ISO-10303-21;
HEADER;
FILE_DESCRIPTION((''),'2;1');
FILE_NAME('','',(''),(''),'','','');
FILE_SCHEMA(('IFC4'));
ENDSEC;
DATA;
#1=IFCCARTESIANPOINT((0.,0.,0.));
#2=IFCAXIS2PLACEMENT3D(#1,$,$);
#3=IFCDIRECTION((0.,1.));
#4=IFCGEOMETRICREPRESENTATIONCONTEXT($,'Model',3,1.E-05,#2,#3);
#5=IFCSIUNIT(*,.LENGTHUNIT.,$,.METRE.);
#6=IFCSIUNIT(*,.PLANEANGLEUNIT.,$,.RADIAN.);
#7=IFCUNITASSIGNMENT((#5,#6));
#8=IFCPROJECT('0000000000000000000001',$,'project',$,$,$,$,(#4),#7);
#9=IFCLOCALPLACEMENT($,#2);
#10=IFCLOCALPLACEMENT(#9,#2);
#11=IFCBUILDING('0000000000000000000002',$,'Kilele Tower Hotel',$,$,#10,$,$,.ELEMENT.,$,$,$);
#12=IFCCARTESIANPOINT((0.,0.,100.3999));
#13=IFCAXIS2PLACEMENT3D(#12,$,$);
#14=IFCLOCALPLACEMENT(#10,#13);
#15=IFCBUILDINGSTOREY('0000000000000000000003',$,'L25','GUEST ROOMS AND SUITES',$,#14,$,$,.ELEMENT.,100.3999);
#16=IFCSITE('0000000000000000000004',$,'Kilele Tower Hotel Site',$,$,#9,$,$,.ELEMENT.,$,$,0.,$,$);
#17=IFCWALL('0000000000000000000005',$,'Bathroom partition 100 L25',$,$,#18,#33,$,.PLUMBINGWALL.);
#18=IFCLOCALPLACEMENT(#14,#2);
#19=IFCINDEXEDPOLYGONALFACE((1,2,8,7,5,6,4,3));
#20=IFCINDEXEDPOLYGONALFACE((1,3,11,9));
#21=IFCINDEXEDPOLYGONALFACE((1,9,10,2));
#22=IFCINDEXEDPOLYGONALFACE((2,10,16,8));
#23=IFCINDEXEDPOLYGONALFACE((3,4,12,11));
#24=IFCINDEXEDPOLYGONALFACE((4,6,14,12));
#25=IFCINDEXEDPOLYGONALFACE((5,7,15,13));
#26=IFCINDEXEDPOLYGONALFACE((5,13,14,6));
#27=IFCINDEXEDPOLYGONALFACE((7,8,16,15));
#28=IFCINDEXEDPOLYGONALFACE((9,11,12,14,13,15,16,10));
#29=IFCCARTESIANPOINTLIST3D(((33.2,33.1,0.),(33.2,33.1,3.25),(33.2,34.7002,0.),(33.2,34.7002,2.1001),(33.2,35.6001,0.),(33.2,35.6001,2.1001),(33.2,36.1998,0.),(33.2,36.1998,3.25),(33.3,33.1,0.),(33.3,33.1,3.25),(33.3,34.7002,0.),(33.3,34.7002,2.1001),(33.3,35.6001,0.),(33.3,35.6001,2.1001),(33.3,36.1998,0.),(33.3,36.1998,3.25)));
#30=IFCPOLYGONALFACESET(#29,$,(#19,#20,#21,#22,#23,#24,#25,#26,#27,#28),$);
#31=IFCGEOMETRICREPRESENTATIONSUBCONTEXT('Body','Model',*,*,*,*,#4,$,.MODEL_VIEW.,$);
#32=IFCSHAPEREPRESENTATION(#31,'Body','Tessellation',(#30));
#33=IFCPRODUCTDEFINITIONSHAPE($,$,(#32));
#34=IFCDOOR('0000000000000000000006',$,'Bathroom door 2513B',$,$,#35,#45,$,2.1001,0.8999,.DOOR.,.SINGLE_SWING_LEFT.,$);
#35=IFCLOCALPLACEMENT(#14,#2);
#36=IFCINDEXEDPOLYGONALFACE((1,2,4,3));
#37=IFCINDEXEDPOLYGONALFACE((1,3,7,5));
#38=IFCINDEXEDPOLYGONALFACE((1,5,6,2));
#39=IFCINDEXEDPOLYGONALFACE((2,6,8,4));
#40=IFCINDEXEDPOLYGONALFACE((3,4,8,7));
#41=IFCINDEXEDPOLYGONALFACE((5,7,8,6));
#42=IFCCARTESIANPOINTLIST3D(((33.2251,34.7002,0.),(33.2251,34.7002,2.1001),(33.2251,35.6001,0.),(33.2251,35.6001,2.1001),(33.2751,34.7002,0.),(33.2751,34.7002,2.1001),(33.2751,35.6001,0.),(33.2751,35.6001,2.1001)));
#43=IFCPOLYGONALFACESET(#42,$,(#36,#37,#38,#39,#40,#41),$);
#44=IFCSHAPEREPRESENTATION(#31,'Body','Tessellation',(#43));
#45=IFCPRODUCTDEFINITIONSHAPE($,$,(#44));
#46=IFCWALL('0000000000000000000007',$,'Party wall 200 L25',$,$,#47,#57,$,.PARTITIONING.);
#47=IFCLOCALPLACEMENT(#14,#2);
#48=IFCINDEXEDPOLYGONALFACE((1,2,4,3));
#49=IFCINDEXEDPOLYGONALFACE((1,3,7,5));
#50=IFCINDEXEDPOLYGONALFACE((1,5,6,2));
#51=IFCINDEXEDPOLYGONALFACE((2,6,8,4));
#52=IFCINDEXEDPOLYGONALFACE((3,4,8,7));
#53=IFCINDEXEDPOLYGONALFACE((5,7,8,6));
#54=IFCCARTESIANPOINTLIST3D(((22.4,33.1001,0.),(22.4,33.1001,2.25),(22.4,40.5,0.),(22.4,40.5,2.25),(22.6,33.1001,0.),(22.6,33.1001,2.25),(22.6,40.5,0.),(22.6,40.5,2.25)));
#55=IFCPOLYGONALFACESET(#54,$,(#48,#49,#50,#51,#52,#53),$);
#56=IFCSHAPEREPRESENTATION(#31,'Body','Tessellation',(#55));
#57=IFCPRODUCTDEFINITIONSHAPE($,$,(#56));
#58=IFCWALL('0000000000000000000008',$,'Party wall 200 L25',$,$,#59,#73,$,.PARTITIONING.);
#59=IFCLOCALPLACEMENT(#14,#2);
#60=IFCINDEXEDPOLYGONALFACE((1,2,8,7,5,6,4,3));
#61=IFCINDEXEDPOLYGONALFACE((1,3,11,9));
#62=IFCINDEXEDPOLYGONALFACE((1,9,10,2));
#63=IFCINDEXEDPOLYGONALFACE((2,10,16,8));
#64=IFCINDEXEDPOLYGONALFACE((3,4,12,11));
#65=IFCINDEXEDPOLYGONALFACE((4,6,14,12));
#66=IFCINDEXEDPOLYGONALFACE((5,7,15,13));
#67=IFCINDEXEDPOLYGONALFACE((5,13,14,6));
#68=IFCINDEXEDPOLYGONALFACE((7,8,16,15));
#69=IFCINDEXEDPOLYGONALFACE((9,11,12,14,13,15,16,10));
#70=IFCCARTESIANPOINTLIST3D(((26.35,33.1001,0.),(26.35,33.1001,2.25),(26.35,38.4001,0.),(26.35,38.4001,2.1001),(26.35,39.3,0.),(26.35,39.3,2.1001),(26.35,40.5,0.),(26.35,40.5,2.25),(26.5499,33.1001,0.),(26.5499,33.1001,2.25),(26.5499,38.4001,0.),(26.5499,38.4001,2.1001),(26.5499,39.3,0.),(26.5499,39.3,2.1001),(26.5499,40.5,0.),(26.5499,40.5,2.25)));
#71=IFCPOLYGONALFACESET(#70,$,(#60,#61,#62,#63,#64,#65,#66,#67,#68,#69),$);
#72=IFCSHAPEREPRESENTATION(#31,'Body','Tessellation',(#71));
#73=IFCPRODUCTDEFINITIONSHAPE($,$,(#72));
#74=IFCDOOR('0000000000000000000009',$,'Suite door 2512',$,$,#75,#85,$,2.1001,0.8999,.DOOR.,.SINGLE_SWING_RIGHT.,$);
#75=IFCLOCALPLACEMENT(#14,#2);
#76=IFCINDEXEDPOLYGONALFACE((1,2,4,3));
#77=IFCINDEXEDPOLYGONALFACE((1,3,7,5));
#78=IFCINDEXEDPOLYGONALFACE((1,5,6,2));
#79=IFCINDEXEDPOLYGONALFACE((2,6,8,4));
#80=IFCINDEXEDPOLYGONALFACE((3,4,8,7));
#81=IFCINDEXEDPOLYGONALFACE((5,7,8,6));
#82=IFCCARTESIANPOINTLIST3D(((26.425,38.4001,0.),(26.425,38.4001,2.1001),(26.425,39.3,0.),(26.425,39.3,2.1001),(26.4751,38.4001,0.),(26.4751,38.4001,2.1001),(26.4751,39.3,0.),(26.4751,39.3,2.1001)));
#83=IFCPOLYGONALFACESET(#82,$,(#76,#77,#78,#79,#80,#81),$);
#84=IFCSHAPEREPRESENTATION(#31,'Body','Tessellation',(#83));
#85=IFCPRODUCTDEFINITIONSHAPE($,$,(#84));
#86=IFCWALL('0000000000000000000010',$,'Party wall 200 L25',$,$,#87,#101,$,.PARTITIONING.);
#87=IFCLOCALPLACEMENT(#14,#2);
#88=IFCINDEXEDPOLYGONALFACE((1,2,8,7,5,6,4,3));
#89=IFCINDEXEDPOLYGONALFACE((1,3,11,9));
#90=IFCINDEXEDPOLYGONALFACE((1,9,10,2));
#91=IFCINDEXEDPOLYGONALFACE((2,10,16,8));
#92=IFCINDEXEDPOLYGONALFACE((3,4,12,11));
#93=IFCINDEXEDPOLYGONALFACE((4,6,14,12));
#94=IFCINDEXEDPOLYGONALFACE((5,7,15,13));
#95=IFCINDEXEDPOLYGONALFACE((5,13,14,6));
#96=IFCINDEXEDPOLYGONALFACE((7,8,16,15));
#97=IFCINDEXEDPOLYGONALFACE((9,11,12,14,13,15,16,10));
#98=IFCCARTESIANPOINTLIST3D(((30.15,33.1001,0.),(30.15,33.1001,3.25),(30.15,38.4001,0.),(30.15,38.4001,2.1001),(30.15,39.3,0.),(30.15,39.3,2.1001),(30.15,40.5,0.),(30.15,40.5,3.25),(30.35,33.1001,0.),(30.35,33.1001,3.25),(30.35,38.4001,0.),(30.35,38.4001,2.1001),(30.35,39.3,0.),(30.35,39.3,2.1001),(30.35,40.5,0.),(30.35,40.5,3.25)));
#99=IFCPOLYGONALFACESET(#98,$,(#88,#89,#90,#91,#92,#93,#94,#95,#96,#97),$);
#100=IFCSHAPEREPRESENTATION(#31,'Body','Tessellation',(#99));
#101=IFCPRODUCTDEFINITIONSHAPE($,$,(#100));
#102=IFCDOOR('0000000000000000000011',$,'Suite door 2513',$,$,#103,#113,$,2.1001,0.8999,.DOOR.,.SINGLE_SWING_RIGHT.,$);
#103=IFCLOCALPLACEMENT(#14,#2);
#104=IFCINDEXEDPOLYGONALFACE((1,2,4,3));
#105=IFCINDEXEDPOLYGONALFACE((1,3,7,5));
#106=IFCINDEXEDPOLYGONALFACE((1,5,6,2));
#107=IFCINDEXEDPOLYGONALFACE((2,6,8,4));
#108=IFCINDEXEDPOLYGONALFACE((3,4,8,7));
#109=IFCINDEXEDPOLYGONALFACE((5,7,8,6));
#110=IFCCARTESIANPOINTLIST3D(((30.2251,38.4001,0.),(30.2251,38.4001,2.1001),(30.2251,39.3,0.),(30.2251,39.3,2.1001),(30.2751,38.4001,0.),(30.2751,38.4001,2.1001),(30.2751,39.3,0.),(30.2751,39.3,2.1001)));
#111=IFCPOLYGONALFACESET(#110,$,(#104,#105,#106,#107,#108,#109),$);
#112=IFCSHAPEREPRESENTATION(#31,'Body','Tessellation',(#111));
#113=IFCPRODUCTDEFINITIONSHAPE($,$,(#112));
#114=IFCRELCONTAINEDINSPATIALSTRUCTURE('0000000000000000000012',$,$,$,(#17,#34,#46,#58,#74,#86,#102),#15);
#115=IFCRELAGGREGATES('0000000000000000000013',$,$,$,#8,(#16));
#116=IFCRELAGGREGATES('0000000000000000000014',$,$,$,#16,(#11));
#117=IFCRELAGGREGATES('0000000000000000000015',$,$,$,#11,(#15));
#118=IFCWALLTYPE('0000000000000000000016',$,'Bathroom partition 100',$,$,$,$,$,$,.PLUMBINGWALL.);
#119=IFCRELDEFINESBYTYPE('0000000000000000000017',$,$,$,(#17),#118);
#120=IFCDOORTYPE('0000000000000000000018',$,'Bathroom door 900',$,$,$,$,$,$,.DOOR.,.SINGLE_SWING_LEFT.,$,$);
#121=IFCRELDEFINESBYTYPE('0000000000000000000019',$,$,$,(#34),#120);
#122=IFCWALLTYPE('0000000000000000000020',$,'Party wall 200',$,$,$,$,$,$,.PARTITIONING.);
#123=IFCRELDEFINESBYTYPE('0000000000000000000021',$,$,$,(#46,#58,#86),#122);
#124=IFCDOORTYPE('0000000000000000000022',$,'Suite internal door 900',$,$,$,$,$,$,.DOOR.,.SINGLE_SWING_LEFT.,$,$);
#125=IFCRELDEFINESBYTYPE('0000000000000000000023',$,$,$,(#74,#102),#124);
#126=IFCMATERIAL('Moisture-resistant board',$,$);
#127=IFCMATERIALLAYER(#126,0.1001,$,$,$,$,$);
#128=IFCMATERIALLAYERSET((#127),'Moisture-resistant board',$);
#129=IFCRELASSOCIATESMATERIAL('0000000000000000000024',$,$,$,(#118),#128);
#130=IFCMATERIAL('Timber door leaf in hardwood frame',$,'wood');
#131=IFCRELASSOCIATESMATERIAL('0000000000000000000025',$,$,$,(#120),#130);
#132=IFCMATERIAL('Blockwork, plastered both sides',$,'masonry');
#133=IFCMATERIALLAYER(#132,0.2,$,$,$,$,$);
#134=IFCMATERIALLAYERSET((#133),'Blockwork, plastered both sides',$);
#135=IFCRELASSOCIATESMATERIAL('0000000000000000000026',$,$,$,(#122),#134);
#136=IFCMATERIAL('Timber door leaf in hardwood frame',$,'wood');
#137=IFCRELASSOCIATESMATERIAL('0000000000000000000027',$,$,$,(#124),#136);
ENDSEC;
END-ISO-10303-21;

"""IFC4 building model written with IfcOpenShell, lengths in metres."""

from ifc_helpers import new_model, si_unit, direction, frame, frame_2d, origin, place, context, subcontext, project, spatial, rectangle, extrude, material, layer, layer_set, type_object, element, fill, save


model = new_model("IFC4")

# Units and contexts
model_context = context("Model", 3, precision=1e-05, world=origin(), true_north=direction((0.0, 1.0)))
body_context = subcontext(model_context, "Body", "Model", "MODEL_VIEW")
ifc_project = project(units=[si_unit("LENGTHUNIT", "METRE"), si_unit("PLANEANGLEUNIT", "RADIAN")], contexts=[model_context])

# Site, building, storey
site_placement = place(None, origin())
site = spatial("IfcSite", under=ifc_project, at=site_placement, Name="Kilele Tower Hotel Site", CompositionType="ELEMENT", RefElevation=0.0)
building_placement = place(site_placement, origin())
building = spatial("IfcBuilding", under=site, at=building_placement, Name="Kilele Tower Hotel", CompositionType="ELEMENT")
storey_placement = place(building_placement, frame((0.0, 0.0, 100.3999)))
storey = spatial("IfcBuildingStorey", under=building, at=storey_placement, Name="L25", Description="GUEST ROOMS AND SUITES", CompositionType="ELEMENT", Elevation=100.3999)

# Shared definitions
ifc_material_1 = material(Name="Moisture-resistant board")
ifc_layer_1 = layer(ifc_material_1, 0.1001)
ifc_layer_set_1 = layer_set([ifc_layer_1], Name="Moisture-resistant board")
wall_type_1 = type_object("IfcWallType", Name="Bathroom partition 100", PredefinedType="PLUMBINGWALL", material=ifc_layer_set_1)

# Shared definitions
ifc_material_2 = material(Name="Timber door leaf in hardwood frame", Category="wood")
door_type_1 = type_object("IfcDoorType", Name="Bathroom door 900", OperationType="SINGLE_SWING_LEFT", PredefinedType="DOOR", material=ifc_material_2)

# Wall, opening, door
wall_1_placement = place(storey_placement, frame((33.25, 33.1001, 0.0), z_axis=(0.0, 0.0, 1.0), x_axis=(0.0, 1.0, 0.0)))
wall_1 = element("IfcWall", 1, at=wall_1_placement, inside=storey, type_object=wall_type_1, Name="Bathroom partition 100 L25", PredefinedType="PLUMBINGWALL", context=body_context, shape_type="SweptSolid", body=[
    extrude(rectangle(XDim=3.0999, YDim=0.1001, at=frame_2d((1.5498, 0.0))), origin(), (0.0, 0.0, 1.0), 3.25),
])
opening_1_placement = place(wall_1_placement, frame((1.6001, 0.0, 0.0)))
opening_1 = element("IfcOpeningElement", 2, at=opening_1_placement, cuts=wall_1, PredefinedType="OPENING", context=body_context, shape_type="SweptSolid", body=[
    extrude(rectangle(XDim=0.8999, YDim=2.1001, at=frame_2d((0.45, 1.05))), frame((0.0, 0.0601, 0.0), z_axis=(0.0, -1.0, 0.0), x_axis=(1.0, 0.0, 0.0)), (0.0, 0.0, 1.0), 0.1201),
])
door_1_placement = place(opening_1_placement, origin())
door_1 = element("IfcDoor", 3, at=door_1_placement, inside=storey, type_object=door_type_1, Name="Bathroom door 2513B", OperationType="SINGLE_SWING_LEFT", OverallHeight=2.1001, OverallWidth=0.8999, PredefinedType="DOOR", context=body_context, shape_type="SweptSolid", body=[
    extrude(rectangle(XDim=0.8999, YDim=2.1001, at=frame_2d((0.45, 1.05))), frame((0.0, 0.0249, 0.0), z_axis=(0.0, -1.0, 0.0), x_axis=(1.0, 0.0, 0.0)), (0.0, 0.0, 1.0), 0.05),
])
fill(opening_1, door_1)

# Wall
ifc_material_3 = material(Name="Blockwork, plastered both sides", Category="masonry")
ifc_layer_2 = layer(ifc_material_3, 0.2)
ifc_layer_set_2 = layer_set([ifc_layer_2], Name="Blockwork, plastered both sides")
wall_type_2 = type_object("IfcWallType", Name="Party wall 200", PredefinedType="PARTITIONING", material=ifc_layer_set_2)
wall_2_placement = place(storey_placement, frame((22.5, 33.1001, 0.0), z_axis=(0.0, 0.0, 1.0), x_axis=(0.0, 1.0, 0.0)))
element("IfcWall", 4, at=wall_2_placement, inside=storey, type_object=wall_type_2, Name="Party wall 200 L25", PredefinedType="PARTITIONING", context=body_context, shape_type="SweptSolid", body=[
    extrude(rectangle(XDim=7.3999, YDim=0.2, at=frame_2d((3.7, 0.0))), origin(), (0.0, 0.0, 1.0), 2.25),
])

# Walls, openings, doors
wall_3_placement = place(storey_placement, frame((26.45, 33.1001, 0.0), z_axis=(0.0, 0.0, 1.0), x_axis=(0.0, 1.0, 0.0)))
wall_3 = element("IfcWall", 5, at=wall_3_placement, inside=storey, type_object=wall_type_2, Name="Party wall 200 L25", PredefinedType="PARTITIONING", context=body_context, shape_type="SweptSolid", body=[
    extrude(rectangle(XDim=7.3999, YDim=0.2, at=frame_2d((3.7, 0.0))), origin(), (0.0, 0.0, 1.0), 2.25),
])
opening_2_placement = place(wall_3_placement, frame((5.3, 0.0, 0.0)))
opening_2 = element("IfcOpeningElement", 6, at=opening_2_placement, cuts=wall_3, PredefinedType="OPENING", context=body_context, shape_type="SweptSolid", body=[
    extrude(rectangle(XDim=0.8999, YDim=2.1001, at=frame_2d((0.45, 1.05))), frame((0.0, 0.1099, 0.0), z_axis=(0.0, -1.0, 0.0), x_axis=(1.0, 0.0, 0.0)), (0.0, 0.0, 1.0), 0.22),
])
ifc_material_4 = material(Name="Timber door leaf in hardwood frame", Category="wood")
door_type_2 = type_object("IfcDoorType", Name="Suite internal door 900", OperationType="SINGLE_SWING_LEFT", PredefinedType="DOOR", material=ifc_material_4)
door_2_placement = place(opening_2_placement, origin())
door_2 = element("IfcDoor", 7, at=door_2_placement, inside=storey, type_object=door_type_2, Name="Suite door 2512", OperationType="SINGLE_SWING_RIGHT", OverallHeight=2.1001, OverallWidth=0.8999, PredefinedType="DOOR", context=body_context, shape_type="SweptSolid", body=[
    extrude(rectangle(XDim=0.8999, YDim=2.1001, at=frame_2d((0.45, 1.05))), frame((0.0, 0.0249, 0.0), z_axis=(0.0, -1.0, 0.0), x_axis=(1.0, 0.0, 0.0)), (0.0, 0.0, 1.0), 0.05),
])
fill(opening_2, door_2)
wall_4_placement = place(storey_placement, frame((30.25, 33.1001, 0.0), z_axis=(0.0, 0.0, 1.0), x_axis=(0.0, 1.0, 0.0)))
wall_4 = element("IfcWall", 8, at=wall_4_placement, inside=storey, type_object=wall_type_2, Name="Party wall 200 L25", PredefinedType="PARTITIONING", context=body_context, shape_type="SweptSolid", body=[
    extrude(rectangle(XDim=7.3999, YDim=0.2, at=frame_2d((3.7, 0.0))), origin(), (0.0, 0.0, 1.0), 3.25),
])
opening_3_placement = place(wall_4_placement, frame((5.3, 0.0, 0.0)))
opening_3 = element("IfcOpeningElement", 9, at=opening_3_placement, cuts=wall_4, PredefinedType="OPENING", context=body_context, shape_type="SweptSolid", body=[
    extrude(rectangle(XDim=0.8999, YDim=2.1001, at=frame_2d((0.45, 1.05))), frame((0.0, 0.1099, 0.0), z_axis=(0.0, -1.0, 0.0), x_axis=(1.0, 0.0, 0.0)), (0.0, 0.0, 1.0), 0.22),
])
door_3_placement = place(opening_3_placement, origin())
door_3 = element("IfcDoor", 10, at=door_3_placement, inside=storey, type_object=door_type_2, Name="Suite door 2513", OperationType="SINGLE_SWING_RIGHT", OverallHeight=2.1001, OverallWidth=0.8999, PredefinedType="DOOR", context=body_context, shape_type="SweptSolid", body=[
    extrude(rectangle(XDim=0.8999, YDim=2.1001, at=frame_2d((0.45, 1.05))), frame((0.0, 0.0249, 0.0), z_axis=(0.0, -1.0, 0.0), x_axis=(1.0, 0.0, 0.0)), (0.0, 0.0, 1.0), 0.05),
])
fill(opening_3, door_3)

save(model, "model.ifc")
